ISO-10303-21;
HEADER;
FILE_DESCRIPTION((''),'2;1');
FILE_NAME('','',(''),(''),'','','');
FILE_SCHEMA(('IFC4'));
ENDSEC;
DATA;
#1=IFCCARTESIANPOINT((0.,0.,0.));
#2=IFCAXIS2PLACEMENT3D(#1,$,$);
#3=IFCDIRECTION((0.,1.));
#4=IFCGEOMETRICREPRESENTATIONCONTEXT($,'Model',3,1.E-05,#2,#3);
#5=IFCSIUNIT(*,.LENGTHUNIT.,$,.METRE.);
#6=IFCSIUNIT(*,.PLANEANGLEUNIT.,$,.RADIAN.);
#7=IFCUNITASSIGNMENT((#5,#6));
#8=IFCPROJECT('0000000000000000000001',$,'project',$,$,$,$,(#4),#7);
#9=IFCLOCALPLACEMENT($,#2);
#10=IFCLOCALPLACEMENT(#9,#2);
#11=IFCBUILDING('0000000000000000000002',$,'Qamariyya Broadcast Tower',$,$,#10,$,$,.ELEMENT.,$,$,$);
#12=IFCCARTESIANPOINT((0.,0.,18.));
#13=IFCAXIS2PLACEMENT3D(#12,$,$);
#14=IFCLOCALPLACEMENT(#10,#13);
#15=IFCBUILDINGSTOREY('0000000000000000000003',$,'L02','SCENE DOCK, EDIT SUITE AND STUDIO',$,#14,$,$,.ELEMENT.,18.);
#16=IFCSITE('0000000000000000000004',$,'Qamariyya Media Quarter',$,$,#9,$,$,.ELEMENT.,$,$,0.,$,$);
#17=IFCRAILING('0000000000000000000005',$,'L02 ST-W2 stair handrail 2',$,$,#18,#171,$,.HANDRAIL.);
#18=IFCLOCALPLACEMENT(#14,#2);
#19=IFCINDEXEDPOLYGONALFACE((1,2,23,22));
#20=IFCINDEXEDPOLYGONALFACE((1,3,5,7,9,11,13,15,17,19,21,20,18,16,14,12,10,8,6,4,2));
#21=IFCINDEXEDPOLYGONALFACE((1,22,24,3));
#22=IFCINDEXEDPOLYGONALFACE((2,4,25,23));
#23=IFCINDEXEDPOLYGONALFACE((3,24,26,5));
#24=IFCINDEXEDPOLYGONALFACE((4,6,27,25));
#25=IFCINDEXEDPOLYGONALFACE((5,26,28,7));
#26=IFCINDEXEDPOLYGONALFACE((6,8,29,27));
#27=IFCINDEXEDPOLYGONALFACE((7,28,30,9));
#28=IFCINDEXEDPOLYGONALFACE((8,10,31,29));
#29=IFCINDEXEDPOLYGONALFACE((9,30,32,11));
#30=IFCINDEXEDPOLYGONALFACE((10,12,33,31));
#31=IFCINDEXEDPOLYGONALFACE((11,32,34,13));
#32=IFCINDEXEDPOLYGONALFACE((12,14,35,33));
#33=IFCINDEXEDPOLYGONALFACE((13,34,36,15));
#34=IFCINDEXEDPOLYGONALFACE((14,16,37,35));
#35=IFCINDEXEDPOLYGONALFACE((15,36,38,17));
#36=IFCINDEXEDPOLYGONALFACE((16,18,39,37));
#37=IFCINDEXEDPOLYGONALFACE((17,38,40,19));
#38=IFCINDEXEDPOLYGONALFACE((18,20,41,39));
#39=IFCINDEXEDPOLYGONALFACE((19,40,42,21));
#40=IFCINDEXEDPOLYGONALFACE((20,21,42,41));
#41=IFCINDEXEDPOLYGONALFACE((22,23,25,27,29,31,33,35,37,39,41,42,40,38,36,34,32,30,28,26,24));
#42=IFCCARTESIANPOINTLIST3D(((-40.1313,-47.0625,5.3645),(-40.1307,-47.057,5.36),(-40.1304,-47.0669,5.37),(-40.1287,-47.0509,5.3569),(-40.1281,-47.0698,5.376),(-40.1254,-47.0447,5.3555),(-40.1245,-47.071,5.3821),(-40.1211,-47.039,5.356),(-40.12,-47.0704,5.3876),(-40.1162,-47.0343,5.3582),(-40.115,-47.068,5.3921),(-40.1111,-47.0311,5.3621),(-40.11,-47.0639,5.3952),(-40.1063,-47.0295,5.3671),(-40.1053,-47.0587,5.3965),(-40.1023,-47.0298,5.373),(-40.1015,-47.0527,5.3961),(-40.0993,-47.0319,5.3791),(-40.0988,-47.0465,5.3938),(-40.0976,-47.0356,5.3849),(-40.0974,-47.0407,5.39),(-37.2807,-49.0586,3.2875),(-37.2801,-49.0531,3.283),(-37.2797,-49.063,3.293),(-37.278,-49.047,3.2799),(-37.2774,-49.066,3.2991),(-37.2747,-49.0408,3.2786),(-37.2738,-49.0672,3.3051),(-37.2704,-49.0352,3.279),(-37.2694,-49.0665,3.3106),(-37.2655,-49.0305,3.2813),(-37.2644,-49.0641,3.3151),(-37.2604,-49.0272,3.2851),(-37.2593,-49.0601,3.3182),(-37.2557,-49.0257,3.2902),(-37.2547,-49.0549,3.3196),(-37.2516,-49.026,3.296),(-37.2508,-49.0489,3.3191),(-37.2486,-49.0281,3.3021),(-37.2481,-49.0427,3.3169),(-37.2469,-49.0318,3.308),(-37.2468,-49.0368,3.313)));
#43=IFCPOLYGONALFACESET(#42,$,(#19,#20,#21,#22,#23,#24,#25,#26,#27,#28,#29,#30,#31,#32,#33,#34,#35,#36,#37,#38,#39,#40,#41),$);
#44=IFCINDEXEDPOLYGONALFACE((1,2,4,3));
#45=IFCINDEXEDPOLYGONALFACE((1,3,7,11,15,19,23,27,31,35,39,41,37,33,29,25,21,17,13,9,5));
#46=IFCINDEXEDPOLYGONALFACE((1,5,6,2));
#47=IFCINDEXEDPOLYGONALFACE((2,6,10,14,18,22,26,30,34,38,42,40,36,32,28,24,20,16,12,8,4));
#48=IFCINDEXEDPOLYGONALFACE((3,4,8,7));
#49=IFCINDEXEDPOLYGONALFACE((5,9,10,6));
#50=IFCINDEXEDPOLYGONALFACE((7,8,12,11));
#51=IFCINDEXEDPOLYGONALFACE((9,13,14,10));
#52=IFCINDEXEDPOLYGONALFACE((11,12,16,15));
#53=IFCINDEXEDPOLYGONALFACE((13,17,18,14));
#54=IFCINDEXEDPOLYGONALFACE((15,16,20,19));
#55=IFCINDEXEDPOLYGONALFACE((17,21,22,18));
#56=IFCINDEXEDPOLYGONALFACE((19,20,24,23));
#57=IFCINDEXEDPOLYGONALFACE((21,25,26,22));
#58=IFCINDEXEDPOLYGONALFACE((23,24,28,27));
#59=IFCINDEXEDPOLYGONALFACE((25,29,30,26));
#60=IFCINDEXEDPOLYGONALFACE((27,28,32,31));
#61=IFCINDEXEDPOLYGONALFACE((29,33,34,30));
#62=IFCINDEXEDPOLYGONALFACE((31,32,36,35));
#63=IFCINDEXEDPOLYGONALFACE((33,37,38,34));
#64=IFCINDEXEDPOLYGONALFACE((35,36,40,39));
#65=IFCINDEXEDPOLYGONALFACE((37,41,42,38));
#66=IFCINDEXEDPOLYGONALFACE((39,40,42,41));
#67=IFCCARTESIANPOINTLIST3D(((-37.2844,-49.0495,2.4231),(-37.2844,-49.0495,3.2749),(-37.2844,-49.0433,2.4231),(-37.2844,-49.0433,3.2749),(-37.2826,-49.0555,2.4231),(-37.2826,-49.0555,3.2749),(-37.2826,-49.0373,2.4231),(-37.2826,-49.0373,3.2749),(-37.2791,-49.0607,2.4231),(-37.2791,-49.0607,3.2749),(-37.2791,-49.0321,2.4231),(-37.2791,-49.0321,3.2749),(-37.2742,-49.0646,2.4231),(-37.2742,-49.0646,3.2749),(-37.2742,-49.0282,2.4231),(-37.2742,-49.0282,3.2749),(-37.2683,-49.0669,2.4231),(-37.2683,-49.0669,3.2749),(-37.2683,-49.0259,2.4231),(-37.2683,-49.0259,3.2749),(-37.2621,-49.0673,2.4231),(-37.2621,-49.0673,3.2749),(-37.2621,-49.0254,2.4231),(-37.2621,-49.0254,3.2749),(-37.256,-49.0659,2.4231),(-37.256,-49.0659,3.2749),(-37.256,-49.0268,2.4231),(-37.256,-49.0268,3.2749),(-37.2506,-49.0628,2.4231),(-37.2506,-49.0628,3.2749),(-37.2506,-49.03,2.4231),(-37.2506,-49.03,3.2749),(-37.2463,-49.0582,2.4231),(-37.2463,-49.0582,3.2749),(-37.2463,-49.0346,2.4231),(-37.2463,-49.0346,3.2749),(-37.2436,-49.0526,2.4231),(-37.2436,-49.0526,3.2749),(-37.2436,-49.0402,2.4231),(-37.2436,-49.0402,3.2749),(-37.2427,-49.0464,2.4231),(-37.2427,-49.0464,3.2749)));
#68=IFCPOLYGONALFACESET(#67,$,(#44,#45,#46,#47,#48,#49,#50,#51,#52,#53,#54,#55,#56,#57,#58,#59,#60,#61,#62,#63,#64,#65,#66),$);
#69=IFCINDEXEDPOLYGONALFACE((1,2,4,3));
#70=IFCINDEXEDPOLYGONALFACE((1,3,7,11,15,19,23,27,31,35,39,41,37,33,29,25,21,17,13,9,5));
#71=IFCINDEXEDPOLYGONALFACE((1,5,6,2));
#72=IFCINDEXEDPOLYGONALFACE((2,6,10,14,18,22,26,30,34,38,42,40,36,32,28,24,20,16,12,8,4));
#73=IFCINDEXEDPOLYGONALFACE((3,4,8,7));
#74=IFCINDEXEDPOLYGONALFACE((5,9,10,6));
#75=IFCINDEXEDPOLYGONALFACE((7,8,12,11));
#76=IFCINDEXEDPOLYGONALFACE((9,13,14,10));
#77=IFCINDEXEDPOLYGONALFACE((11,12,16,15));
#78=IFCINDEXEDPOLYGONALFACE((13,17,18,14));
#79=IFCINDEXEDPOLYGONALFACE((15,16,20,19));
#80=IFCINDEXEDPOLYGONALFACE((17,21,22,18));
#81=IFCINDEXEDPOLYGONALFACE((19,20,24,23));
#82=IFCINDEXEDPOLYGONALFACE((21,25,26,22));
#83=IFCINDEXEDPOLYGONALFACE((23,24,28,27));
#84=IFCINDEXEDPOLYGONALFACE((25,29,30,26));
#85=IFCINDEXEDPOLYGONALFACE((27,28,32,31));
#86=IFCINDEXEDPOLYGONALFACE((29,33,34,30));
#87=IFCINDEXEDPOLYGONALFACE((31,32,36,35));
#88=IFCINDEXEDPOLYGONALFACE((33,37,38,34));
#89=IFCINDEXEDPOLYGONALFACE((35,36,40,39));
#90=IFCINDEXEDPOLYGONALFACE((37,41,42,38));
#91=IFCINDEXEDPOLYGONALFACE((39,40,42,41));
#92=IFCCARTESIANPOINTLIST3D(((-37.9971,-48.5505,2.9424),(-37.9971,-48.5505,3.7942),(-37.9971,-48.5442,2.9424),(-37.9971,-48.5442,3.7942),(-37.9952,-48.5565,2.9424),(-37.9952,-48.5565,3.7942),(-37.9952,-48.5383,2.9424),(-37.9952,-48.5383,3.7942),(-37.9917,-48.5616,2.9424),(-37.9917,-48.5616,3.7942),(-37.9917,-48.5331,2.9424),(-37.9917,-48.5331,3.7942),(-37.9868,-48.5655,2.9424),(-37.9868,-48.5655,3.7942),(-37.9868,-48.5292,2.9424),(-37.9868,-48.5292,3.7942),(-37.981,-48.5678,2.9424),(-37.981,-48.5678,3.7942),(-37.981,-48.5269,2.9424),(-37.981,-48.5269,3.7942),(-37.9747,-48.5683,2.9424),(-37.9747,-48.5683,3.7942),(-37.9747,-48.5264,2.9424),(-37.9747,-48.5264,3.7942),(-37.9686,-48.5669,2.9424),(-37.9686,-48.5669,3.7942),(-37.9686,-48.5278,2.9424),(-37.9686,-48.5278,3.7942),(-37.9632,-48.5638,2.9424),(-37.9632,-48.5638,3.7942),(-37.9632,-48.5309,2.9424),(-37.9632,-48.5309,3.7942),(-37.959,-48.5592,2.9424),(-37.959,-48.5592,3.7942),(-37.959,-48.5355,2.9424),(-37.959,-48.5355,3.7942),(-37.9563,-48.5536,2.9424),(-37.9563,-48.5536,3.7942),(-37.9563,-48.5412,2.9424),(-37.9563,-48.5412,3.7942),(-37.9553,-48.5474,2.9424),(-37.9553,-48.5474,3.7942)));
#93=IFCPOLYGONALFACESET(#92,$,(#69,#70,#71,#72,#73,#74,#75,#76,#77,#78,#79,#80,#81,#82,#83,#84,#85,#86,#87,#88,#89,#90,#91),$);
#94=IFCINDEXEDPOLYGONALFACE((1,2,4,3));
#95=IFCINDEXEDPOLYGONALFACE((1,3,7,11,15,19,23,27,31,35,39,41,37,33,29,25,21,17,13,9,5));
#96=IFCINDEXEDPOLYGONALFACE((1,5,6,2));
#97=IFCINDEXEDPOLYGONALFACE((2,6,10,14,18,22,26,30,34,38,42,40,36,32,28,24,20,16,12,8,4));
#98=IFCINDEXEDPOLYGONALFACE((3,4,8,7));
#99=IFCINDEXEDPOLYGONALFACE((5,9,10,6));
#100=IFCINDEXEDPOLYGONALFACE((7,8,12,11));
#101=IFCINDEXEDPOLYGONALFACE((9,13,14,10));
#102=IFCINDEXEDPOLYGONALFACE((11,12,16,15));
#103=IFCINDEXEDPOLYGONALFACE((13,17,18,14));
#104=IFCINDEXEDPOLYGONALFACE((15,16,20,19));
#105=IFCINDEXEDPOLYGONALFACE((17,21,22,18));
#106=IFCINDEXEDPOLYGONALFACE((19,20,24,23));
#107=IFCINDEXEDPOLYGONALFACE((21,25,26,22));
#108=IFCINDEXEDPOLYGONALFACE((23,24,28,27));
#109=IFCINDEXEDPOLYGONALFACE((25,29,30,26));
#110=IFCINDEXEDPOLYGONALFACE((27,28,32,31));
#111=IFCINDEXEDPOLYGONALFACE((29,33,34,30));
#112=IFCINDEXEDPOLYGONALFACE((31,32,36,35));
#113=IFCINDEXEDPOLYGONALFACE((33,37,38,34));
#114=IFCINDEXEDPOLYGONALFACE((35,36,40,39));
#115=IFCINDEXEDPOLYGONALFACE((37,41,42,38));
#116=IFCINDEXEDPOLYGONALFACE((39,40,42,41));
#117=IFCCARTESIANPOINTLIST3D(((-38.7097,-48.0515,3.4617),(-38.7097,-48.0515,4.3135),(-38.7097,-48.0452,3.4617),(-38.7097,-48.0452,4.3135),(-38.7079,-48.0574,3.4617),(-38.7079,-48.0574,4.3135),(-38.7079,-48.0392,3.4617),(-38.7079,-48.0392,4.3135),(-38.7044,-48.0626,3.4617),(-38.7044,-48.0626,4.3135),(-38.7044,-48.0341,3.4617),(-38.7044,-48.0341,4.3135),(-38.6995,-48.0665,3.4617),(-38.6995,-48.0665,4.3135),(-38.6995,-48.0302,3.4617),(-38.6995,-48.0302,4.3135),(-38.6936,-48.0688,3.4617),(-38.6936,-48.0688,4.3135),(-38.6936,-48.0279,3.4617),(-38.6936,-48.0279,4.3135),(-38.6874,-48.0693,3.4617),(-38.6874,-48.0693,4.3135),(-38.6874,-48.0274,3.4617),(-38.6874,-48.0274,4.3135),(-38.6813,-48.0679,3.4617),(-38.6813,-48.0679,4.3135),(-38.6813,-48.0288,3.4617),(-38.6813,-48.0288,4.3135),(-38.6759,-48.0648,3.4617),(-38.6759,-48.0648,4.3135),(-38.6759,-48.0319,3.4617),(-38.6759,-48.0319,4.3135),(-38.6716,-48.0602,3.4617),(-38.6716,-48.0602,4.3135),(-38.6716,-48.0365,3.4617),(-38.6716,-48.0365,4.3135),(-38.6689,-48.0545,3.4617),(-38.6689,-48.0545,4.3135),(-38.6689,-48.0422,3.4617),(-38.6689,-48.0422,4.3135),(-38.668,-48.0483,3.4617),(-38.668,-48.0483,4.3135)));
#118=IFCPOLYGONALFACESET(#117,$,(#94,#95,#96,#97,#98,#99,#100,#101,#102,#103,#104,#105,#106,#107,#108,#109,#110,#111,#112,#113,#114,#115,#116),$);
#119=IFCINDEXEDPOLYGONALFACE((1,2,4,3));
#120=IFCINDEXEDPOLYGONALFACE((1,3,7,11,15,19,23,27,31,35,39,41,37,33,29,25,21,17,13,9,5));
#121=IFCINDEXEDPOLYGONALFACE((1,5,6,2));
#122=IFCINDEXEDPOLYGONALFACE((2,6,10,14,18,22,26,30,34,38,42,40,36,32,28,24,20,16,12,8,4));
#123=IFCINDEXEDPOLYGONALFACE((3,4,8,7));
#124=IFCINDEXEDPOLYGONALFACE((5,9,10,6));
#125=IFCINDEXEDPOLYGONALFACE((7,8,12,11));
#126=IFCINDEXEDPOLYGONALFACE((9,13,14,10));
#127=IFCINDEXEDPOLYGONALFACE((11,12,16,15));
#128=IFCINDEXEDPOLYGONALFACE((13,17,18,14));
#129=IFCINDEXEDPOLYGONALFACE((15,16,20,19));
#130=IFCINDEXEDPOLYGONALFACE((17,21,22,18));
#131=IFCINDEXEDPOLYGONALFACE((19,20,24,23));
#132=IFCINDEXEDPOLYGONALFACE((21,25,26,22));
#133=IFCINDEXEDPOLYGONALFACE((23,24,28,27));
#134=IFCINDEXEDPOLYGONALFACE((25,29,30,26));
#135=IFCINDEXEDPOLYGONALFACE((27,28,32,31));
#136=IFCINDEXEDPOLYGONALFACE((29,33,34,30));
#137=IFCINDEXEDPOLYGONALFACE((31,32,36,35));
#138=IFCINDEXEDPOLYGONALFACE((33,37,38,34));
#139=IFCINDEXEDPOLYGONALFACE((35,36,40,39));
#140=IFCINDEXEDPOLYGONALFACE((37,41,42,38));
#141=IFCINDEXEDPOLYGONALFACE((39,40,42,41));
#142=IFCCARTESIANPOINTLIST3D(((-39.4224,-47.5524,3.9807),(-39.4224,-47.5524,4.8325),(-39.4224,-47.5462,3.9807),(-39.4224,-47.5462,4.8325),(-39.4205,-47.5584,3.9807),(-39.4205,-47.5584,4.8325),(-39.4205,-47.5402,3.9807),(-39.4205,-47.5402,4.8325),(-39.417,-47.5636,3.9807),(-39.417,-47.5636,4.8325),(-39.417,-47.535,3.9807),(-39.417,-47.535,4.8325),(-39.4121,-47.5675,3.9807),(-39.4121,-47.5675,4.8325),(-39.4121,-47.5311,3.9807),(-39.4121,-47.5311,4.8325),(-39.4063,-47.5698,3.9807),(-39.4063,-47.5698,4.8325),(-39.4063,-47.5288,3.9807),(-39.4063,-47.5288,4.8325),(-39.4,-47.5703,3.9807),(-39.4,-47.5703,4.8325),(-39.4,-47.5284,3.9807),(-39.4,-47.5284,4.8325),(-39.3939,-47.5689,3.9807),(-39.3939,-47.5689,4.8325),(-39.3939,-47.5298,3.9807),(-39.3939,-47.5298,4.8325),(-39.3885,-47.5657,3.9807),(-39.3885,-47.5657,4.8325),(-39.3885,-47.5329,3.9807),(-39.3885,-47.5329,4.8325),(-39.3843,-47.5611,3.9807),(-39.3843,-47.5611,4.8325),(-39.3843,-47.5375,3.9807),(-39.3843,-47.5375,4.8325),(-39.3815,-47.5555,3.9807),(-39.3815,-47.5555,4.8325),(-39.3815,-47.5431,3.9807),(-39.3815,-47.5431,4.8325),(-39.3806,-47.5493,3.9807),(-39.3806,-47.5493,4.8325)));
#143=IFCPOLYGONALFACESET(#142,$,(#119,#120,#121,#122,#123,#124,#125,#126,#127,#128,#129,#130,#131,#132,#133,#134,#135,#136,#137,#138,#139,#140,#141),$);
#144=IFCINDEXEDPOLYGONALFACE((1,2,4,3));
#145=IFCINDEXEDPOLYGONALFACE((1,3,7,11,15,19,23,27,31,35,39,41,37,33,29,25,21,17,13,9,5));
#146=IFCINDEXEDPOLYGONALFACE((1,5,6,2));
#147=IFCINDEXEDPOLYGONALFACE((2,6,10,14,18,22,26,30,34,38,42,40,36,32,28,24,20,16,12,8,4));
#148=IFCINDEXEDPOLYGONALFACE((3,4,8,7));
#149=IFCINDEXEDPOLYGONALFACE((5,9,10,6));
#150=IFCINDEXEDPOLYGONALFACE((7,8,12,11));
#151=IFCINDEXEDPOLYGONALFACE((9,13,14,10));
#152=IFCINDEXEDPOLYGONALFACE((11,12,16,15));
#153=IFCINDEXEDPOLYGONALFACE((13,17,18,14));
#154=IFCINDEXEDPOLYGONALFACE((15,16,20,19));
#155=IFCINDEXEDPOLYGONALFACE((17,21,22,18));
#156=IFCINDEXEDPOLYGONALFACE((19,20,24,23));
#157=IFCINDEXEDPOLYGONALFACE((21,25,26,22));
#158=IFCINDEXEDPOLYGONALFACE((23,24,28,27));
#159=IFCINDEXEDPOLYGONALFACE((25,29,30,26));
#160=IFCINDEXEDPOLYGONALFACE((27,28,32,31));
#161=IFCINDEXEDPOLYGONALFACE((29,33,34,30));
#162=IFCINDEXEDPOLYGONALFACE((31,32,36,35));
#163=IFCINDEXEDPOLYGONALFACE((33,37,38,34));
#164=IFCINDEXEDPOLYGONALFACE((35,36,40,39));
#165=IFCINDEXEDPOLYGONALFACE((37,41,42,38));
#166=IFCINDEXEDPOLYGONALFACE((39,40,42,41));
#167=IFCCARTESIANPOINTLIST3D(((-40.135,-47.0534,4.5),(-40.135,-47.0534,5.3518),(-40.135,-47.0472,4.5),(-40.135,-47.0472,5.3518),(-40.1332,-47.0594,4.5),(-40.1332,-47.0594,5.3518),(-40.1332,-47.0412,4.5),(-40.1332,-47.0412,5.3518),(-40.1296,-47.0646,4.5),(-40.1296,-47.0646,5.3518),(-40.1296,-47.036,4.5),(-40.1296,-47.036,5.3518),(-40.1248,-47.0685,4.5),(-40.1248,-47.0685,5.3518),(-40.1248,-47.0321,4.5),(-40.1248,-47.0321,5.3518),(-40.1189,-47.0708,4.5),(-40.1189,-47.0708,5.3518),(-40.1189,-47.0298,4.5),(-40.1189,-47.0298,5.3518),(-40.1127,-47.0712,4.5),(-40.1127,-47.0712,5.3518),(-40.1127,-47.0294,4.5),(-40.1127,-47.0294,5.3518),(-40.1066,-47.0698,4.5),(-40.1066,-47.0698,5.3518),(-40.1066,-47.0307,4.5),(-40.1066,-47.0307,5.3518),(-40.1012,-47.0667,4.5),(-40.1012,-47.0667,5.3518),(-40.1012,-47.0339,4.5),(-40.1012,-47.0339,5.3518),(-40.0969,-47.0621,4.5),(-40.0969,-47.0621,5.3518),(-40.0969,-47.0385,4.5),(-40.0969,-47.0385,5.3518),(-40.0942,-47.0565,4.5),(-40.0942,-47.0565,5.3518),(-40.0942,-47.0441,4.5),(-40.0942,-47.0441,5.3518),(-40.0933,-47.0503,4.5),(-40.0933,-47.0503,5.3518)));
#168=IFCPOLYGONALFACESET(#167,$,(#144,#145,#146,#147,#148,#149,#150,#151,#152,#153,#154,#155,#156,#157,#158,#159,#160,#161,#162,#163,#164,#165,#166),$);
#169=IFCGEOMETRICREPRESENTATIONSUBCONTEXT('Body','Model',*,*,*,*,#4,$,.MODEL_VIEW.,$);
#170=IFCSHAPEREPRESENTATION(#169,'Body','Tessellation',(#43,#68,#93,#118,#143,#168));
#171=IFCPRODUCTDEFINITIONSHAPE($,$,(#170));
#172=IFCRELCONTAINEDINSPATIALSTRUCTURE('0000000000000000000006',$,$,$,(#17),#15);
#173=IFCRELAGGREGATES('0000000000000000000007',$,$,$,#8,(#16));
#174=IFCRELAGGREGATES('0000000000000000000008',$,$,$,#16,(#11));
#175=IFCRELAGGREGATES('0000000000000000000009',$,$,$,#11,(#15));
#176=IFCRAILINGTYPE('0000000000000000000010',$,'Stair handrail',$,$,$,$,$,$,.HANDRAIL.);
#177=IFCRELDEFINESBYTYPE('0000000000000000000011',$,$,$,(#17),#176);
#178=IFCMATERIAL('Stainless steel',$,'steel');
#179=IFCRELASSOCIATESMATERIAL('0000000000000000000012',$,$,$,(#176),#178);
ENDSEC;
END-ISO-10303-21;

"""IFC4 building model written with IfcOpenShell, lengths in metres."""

from ifc_helpers import new_model, si_unit, direction, frame, origin, origin_2d, place, context, subcontext, project, spatial, circle, extrude, material, type_object, element, save


model = new_model("IFC4")

# Units and contexts
model_context = context("Model", 3, precision=1e-05, world=origin(), true_north=direction((0.0, 1.0)))
body_context = subcontext(model_context, "Body", "Model", "MODEL_VIEW")
ifc_project = project(units=[si_unit("LENGTHUNIT", "METRE"), si_unit("PLANEANGLEUNIT", "RADIAN")], contexts=[model_context])

# Site, building, storey
site_placement = place(None, origin())
site = spatial("IfcSite", under=ifc_project, at=site_placement, Name="Qamariyya Media Quarter", CompositionType="ELEMENT", RefElevation=0.0)
building_placement = place(site_placement, origin())
building = spatial("IfcBuilding", under=site, at=building_placement, Name="Qamariyya Broadcast Tower", CompositionType="ELEMENT")
storey_placement = place(building_placement, frame((0.0, 0.0, 18.0)))
storey = spatial("IfcBuildingStorey", under=building, at=storey_placement, Name="L02", Description="SCENE DOCK, EDIT SUITE AND STUDIO", CompositionType="ELEMENT", Elevation=18.0)

# Railing
ifc_material_1 = material(Name="Stainless steel", Category="steel")
railing_type_1 = type_object("IfcRailingType", Name="Stair handrail", PredefinedType="HANDRAIL", material=ifc_material_1)
for number, where, name in (
    (1, (-37.2637, -49.0464, 2.4231), "L02 ST-W2 stair handrail 2"),
):
    element("IfcRailing", number, at=place(storey_placement, frame(where)), inside=storey, type_object=railing_type_1, Name=name, PredefinedType="HANDRAIL", context=body_context, shape_type="SweptSolid", body=[
        extrude(circle(Radius=0.0239, at=origin_2d()), frame((0.0, 0.0, 0.876), z_axis=(-0.703393, 0.492544, 0.512484), x_axis=(-0.573594, -0.81914, 0.0)), (0.0, 0.0, 1.0), 4.0527),
        extrude(circle(Radius=0.021, at=origin_2d()), origin(), (0.0, 0.0, 1.0), 0.8518),
        extrude(circle(Radius=0.021, at=origin_2d()), frame((-0.7126, 0.499, 0.5193)), (0.0, 0.0, 1.0), 0.8518),
        extrude(circle(Radius=0.021, at=origin_2d()), frame((-1.4253, 0.998, 1.0386)), (0.0, 0.0, 1.0), 0.8518),
        extrude(circle(Radius=0.021, at=origin_2d()), frame((-2.1379, 1.4971, 1.5576)), (0.0, 0.0, 1.0), 0.8518),
        extrude(circle(Radius=0.021, at=origin_2d()), frame((-2.8506, 1.9961, 2.0769)), (0.0, 0.0, 1.0), 0.8518),
    ])

save(model, "model.ifc")
